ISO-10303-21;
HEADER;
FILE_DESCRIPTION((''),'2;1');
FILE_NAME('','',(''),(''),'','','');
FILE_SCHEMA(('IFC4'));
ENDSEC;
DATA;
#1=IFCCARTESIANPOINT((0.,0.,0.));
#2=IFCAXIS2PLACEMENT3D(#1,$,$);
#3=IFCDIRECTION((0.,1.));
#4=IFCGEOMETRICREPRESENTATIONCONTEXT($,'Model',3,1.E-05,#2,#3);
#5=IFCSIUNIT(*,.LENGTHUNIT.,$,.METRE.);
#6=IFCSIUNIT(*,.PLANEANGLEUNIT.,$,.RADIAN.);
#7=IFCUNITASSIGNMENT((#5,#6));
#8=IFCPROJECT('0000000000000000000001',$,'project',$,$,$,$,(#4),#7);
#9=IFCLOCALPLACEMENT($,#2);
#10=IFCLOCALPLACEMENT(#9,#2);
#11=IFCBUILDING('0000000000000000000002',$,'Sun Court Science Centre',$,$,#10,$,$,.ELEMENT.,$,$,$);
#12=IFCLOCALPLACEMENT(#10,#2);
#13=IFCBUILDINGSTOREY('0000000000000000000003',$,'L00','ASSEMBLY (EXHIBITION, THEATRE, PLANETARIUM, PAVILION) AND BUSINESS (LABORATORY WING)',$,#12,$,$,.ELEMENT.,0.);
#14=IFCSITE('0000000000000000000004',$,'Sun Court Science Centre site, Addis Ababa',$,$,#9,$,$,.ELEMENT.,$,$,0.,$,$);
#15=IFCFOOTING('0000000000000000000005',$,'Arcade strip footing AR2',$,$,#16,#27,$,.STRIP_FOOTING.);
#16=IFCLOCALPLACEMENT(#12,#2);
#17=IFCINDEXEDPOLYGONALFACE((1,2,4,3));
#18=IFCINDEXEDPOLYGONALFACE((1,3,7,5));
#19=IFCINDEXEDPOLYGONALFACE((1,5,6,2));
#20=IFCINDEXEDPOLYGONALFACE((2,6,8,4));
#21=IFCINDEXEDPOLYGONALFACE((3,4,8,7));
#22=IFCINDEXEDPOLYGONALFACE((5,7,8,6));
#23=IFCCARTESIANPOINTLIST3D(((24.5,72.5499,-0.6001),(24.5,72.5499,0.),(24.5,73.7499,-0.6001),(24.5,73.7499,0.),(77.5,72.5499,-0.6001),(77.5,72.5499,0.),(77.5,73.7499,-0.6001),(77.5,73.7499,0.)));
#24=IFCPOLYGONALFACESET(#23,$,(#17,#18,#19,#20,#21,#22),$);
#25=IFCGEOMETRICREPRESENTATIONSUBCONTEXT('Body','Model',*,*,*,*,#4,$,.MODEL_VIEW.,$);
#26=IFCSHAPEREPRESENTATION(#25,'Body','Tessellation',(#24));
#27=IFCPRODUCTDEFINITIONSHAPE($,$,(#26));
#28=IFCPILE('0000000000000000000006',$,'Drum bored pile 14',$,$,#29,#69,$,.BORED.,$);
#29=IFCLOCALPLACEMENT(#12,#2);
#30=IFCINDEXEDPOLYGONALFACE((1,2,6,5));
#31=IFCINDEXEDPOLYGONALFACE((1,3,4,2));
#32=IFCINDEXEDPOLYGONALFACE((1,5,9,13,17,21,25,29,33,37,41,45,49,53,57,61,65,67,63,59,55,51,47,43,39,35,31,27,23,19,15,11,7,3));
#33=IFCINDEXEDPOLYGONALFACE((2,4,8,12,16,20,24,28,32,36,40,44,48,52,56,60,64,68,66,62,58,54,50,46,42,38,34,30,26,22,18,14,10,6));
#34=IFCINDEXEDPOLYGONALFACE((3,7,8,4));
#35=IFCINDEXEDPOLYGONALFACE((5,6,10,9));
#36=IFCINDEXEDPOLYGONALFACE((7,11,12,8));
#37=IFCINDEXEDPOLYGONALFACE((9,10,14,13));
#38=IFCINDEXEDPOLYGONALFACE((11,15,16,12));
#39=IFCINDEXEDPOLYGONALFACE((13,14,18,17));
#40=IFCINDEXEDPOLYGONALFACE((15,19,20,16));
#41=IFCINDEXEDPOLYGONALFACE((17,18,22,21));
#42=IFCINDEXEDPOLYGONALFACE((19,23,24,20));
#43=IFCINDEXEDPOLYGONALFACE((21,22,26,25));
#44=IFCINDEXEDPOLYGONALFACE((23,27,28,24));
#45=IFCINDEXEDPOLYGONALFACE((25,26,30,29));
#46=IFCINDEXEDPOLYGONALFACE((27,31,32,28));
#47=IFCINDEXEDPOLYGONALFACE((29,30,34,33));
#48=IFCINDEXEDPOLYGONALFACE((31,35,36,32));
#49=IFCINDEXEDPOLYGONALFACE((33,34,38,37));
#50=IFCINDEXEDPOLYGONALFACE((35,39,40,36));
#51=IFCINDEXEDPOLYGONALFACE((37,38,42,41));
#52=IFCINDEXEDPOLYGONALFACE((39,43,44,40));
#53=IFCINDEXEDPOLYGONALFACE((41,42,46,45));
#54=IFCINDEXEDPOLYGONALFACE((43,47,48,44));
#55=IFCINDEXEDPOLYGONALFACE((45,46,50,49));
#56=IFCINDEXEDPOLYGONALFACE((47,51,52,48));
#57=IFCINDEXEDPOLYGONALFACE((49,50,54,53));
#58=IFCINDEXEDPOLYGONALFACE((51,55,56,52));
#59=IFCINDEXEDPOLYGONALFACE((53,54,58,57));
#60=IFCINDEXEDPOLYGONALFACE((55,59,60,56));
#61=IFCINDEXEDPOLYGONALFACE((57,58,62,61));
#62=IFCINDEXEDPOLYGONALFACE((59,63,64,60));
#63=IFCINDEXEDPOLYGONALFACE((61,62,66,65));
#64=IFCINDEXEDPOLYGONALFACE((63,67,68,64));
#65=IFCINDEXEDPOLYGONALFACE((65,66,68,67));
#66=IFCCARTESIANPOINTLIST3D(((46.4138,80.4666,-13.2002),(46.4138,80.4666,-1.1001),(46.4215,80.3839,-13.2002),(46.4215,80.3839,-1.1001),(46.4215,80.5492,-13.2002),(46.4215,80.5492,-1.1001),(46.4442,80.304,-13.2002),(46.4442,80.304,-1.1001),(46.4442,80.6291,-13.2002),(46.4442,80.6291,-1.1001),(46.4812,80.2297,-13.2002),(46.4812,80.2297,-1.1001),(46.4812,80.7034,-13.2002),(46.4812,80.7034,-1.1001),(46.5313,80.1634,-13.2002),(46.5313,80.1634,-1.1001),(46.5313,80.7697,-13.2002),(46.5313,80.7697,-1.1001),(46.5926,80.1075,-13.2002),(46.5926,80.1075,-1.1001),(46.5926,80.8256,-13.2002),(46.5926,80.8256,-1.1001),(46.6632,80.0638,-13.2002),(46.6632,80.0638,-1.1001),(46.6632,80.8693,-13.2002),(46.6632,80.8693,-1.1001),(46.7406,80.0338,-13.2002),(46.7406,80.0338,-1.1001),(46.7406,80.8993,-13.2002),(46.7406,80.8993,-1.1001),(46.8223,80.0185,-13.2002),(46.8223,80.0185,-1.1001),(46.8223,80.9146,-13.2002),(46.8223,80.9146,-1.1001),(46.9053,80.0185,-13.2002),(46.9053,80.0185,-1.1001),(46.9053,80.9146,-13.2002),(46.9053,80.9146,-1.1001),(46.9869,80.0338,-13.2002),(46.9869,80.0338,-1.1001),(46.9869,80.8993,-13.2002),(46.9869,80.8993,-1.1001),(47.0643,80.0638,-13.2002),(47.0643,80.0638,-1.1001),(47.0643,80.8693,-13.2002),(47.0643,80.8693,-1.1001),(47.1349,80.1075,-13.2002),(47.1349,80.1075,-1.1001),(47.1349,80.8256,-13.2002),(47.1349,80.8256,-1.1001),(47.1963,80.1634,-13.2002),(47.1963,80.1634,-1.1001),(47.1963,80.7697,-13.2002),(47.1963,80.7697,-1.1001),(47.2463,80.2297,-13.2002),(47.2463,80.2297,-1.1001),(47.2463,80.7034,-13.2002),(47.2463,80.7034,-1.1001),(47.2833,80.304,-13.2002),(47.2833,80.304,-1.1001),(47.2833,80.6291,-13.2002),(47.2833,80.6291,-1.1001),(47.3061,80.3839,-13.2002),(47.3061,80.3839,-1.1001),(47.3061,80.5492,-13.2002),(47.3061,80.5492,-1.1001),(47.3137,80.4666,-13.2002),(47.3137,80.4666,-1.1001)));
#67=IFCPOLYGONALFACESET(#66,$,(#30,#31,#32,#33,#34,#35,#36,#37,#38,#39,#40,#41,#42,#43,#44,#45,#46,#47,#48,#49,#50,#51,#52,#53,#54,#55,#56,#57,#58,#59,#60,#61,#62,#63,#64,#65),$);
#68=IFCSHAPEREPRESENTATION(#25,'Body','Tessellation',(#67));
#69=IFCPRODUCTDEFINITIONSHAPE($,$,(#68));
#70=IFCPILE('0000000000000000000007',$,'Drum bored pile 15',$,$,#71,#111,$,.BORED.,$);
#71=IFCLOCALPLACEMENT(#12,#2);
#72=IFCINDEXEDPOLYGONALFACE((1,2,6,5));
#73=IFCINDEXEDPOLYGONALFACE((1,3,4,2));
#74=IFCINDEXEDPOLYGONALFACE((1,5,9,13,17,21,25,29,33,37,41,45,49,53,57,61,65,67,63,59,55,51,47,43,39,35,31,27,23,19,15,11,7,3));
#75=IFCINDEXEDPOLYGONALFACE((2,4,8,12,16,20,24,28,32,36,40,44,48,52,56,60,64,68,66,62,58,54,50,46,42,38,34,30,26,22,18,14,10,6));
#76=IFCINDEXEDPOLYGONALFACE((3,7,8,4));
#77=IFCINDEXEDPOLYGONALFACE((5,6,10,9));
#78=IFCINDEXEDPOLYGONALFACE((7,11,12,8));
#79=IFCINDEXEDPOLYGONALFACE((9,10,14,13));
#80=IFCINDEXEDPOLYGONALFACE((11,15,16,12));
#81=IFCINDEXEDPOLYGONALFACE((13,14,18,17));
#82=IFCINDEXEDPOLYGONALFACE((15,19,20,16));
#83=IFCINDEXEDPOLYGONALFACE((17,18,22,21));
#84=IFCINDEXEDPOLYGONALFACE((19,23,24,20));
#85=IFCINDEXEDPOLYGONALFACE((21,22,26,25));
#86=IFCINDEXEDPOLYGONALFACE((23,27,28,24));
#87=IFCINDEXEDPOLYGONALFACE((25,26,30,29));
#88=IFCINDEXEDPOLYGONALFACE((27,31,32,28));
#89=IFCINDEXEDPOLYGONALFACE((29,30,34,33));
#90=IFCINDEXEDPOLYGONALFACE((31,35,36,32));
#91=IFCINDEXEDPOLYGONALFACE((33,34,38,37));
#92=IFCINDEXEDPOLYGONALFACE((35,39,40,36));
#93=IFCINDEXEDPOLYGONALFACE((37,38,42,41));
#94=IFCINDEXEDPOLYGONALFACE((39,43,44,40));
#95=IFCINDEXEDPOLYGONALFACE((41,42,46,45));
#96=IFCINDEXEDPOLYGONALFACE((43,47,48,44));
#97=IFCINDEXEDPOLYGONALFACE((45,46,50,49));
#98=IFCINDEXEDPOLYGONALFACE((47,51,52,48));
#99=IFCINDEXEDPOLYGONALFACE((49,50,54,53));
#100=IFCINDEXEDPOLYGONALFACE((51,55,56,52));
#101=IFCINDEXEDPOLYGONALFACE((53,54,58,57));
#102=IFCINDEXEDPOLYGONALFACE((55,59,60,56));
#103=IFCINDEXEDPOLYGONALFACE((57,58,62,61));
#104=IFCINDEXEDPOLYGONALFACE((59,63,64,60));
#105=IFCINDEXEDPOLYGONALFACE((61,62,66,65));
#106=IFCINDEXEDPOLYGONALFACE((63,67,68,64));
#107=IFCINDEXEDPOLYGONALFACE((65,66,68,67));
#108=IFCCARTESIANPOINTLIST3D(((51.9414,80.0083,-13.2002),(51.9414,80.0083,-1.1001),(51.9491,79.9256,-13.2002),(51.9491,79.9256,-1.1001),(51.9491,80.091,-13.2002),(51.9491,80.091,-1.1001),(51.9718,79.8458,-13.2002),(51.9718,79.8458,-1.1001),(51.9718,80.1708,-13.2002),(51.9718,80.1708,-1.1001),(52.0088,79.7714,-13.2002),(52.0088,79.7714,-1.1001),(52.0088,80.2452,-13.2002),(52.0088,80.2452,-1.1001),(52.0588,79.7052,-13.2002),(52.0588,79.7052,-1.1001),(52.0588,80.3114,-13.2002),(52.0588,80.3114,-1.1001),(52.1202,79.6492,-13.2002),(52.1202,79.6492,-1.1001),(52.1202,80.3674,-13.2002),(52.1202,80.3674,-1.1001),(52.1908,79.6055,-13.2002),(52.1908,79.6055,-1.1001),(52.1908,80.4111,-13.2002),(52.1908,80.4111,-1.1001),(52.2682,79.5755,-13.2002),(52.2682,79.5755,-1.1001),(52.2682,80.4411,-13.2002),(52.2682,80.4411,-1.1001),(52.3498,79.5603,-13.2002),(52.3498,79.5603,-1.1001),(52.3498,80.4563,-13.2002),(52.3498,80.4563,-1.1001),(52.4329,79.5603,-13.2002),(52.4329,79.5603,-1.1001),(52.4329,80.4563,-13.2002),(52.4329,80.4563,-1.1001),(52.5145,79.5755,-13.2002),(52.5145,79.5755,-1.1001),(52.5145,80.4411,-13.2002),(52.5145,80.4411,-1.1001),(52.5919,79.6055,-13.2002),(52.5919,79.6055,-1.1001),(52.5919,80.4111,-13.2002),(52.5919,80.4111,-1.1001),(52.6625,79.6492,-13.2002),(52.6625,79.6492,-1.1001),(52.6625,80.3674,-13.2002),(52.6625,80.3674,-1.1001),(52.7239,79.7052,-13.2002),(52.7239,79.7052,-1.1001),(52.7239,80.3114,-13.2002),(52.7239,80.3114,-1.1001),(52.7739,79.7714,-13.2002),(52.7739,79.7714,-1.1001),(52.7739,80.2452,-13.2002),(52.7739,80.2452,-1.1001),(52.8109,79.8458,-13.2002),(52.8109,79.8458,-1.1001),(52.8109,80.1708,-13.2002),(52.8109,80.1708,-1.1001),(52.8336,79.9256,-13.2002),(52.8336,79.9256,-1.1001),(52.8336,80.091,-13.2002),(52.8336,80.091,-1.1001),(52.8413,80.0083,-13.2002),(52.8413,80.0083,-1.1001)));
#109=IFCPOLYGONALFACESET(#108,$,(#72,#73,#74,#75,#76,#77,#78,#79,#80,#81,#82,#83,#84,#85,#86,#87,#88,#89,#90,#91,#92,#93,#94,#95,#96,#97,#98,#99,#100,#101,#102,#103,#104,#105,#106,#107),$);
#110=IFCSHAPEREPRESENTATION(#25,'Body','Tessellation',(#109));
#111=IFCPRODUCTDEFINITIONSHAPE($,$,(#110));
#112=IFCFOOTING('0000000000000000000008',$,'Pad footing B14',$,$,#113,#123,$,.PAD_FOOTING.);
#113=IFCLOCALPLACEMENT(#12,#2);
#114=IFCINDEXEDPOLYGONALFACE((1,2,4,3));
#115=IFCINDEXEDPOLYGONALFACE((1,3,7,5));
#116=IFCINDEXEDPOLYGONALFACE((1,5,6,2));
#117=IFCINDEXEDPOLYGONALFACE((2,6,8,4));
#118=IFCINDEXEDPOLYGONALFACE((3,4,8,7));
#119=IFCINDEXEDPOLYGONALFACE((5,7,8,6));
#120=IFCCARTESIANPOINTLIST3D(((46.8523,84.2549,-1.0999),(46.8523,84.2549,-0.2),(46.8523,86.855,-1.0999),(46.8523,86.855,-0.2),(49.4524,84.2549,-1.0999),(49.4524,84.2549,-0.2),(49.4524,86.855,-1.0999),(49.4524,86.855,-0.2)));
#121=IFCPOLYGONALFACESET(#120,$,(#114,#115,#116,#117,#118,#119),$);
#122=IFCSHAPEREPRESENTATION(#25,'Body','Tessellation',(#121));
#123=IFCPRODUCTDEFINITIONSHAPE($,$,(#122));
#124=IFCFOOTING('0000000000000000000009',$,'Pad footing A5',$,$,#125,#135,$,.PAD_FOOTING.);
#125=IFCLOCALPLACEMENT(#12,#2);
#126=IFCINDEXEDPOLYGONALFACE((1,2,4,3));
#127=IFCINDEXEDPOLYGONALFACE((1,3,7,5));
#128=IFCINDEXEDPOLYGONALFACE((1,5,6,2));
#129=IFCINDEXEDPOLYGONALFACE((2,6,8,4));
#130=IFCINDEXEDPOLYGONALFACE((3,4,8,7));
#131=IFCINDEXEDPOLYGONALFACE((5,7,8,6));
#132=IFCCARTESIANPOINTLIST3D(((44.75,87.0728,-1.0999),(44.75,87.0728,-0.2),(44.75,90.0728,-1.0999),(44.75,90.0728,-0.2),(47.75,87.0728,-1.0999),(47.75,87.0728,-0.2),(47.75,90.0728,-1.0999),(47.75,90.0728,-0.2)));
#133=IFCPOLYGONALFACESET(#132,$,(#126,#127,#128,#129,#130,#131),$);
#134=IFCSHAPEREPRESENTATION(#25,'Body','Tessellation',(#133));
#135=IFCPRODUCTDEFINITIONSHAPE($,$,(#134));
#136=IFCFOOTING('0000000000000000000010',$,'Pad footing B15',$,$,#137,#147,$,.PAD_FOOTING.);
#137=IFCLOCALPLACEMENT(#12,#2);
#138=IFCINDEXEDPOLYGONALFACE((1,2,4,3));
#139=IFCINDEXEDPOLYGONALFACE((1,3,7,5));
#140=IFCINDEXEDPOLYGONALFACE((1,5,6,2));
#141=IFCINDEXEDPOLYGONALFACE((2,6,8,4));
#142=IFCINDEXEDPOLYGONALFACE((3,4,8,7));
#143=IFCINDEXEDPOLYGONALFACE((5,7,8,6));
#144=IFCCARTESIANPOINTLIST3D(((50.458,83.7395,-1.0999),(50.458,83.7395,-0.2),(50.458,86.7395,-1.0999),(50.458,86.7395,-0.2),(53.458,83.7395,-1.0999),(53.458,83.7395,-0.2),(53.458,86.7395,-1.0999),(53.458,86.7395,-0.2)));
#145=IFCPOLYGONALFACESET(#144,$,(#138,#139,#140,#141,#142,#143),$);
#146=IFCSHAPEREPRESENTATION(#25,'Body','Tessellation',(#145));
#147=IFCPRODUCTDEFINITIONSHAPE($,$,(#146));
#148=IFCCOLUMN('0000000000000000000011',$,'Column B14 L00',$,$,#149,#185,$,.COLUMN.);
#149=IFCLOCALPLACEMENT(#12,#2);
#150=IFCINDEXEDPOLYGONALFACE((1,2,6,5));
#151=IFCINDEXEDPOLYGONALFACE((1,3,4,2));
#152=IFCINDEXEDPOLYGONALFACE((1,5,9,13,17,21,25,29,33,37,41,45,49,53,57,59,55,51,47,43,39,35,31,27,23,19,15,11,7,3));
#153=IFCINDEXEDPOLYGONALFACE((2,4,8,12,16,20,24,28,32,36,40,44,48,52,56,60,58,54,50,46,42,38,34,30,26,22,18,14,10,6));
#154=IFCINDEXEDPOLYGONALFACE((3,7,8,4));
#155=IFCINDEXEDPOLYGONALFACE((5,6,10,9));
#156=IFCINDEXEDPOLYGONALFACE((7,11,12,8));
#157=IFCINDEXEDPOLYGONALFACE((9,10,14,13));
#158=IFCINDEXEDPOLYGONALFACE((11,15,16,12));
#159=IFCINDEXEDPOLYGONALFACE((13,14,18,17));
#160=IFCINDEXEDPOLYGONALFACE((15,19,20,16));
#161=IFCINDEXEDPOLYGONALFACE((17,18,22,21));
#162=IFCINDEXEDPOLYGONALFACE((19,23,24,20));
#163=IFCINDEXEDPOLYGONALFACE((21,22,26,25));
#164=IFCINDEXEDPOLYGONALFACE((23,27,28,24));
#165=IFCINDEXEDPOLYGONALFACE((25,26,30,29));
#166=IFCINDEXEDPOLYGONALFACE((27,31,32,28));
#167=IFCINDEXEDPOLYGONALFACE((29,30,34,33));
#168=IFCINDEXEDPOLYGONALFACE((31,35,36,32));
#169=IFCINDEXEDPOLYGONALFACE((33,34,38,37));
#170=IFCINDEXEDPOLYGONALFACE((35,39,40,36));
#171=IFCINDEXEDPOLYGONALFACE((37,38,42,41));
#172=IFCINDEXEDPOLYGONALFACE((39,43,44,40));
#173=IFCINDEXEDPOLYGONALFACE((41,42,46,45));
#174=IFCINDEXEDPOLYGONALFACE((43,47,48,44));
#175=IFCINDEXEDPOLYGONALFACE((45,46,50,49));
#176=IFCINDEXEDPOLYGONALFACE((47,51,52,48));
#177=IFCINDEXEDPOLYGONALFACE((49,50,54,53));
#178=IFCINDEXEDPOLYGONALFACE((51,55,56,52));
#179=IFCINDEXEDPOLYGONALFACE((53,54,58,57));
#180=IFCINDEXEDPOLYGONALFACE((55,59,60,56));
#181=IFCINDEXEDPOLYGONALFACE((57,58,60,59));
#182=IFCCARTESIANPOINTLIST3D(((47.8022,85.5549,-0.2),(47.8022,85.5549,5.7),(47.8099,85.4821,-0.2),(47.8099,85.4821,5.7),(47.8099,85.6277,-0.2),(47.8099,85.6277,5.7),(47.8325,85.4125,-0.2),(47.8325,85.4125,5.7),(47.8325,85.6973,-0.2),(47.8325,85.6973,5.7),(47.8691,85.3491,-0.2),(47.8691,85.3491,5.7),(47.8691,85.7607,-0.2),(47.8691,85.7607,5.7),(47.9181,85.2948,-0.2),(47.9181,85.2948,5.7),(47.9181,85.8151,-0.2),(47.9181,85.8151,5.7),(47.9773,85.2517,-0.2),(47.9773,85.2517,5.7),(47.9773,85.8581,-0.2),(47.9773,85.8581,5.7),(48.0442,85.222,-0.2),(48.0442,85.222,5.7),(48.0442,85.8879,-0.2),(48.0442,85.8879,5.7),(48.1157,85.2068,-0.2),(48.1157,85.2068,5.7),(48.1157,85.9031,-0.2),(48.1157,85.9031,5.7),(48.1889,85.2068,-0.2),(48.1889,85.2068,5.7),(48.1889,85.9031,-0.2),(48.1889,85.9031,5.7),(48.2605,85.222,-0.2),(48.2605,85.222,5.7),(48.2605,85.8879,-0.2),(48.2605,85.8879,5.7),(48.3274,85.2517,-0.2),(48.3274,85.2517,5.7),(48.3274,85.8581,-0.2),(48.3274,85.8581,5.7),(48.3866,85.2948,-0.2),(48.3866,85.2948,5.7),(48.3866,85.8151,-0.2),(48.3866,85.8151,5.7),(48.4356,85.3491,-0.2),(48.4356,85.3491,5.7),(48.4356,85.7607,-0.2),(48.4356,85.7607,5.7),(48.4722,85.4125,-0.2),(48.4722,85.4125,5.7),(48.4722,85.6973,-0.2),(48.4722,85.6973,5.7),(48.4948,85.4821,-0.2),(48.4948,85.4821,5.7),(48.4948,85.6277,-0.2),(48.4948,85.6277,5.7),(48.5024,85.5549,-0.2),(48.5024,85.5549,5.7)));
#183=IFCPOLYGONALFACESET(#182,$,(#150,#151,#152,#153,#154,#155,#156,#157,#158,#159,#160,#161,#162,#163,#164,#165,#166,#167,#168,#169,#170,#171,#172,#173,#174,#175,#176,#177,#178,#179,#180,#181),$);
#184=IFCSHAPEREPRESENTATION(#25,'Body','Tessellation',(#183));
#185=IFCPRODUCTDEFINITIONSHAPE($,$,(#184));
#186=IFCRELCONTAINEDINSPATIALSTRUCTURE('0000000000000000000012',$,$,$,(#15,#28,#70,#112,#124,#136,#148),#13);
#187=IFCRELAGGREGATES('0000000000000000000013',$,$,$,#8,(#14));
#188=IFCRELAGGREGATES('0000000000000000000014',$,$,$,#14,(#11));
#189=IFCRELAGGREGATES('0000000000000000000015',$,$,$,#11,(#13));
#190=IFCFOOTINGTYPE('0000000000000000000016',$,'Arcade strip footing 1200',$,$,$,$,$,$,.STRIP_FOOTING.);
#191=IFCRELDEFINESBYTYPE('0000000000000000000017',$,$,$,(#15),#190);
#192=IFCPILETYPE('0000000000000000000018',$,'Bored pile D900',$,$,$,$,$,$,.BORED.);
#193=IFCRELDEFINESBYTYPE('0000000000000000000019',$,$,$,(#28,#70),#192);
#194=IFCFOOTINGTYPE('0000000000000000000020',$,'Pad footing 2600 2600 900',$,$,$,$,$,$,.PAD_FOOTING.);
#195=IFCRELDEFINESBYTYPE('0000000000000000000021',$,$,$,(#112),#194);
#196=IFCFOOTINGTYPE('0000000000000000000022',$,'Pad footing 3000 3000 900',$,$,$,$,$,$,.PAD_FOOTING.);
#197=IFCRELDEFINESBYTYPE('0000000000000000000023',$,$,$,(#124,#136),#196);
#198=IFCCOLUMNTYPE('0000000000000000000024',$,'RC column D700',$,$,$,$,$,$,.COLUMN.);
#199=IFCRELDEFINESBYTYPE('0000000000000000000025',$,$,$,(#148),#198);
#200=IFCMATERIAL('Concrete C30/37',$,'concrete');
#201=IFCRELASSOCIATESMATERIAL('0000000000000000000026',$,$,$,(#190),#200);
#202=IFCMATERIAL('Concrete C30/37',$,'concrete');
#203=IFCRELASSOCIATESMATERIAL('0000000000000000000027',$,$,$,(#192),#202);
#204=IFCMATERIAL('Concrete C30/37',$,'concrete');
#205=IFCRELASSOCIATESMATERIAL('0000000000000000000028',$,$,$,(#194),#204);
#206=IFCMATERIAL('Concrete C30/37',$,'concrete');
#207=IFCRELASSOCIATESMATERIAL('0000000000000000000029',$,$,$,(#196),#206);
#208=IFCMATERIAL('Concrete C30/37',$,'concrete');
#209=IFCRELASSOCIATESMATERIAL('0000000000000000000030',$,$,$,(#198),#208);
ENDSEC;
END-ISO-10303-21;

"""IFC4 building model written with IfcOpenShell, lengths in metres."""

from ifc_helpers import new_model, si_unit, direction, frame, origin, origin_2d, place, context, subcontext, project, spatial, rectangle, circle, extrude, material, material_profile, profile_set, type_object, element, save


model = new_model("IFC4")

# Units and contexts
model_context = context("Model", 3, precision=1e-05, world=origin(), true_north=direction((0.0, 1.0)))
body_context = subcontext(model_context, "Body", "Model", "MODEL_VIEW")
ifc_project = project(units=[si_unit("LENGTHUNIT", "METRE"), si_unit("PLANEANGLEUNIT", "RADIAN")], contexts=[model_context])

# Site, building, storey
site_placement = place(None, origin())
site = spatial("IfcSite", under=ifc_project, at=site_placement, Name="Sun Court Science Centre site, Addis Ababa", CompositionType="ELEMENT", RefElevation=0.0)
building_placement = place(site_placement, origin())
building = spatial("IfcBuilding", under=site, at=building_placement, Name="Sun Court Science Centre", CompositionType="ELEMENT")
storey_placement = place(building_placement, origin())
storey = spatial("IfcBuildingStorey", under=building, at=storey_placement, Name="L00", Description="ASSEMBLY (EXHIBITION, THEATRE, PLANETARIUM, PAVILION) AND BUSINESS (LABORATORY WING)", CompositionType="ELEMENT", Elevation=0.0)

# Footing
ifc_material_1 = material(Name="Concrete C30/37", Category="concrete")
footing_type_1 = type_object("IfcFootingType", Name="Arcade strip footing 1200", PredefinedType="STRIP_FOOTING", material=ifc_material_1)
footing_1_placement = place(storey_placement, frame((51.0, 73.1499, -0.6001), z_axis=(0.0, 0.0, 1.0), x_axis=(1.0, 0.0, 0.0)))
element("IfcFooting", 1, at=footing_1_placement, inside=storey, type_object=footing_type_1, Name="Arcade strip footing AR2", PredefinedType="STRIP_FOOTING", context=body_context, shape_type="SweptSolid", body=[
    extrude(rectangle(XDim=53.0, YDim=1.2, at=origin_2d()), origin(), (0.0, 0.0, 1.0), 0.6001),
])

# Piles
ifc_material_2 = material(Name="Concrete C30/37", Category="concrete")
ifc_material_profile_1 = material_profile(ifc_material_2, circle(Radius=0.45, at=origin_2d()), Name="RC D900")
ifc_profile_set_1 = profile_set([ifc_material_profile_1], Name="Concrete C30/37")
pile_type = type_object("IfcPileType", Name="Bored pile D900", PredefinedType="BORED", material=ifc_profile_set_1)
for number, where, z_axis, x_axis, name in (
    (2, (46.8638, 80.4666, -1.1001), (0.0, 0.0, -1.0), (1.0, 0.0, 0.0), "Drum bored pile 14"),
    (3, (52.3914, 80.0083, -1.1001), (0.0, 0.0, -1.0), (1.0, 0.0, 0.0), "Drum bored pile 15"),
):
    element("IfcPile", number, at=place(storey_placement, frame(where, z_axis=z_axis, x_axis=x_axis)), inside=storey, type_object=pile_type, Name=name, PredefinedType="BORED", context=body_context, shape_type="SweptSolid", body=[
        extrude(circle(Radius=0.45, at=origin_2d()), origin(), (0.0, 0.0, 1.0), 12.1001),
    ])

# Footings
ifc_material_3 = material(Name="Concrete C30/37", Category="concrete")
footing_type_2 = type_object("IfcFootingType", Name="Pad footing 2600 2600 900", PredefinedType="PAD_FOOTING", material=ifc_material_3)
footing_2_placement = place(storey_placement, frame((48.1523, 85.5549, -1.0999), z_axis=(0.0, 0.0, 1.0), x_axis=(1.0, 0.0, 0.0)))
element("IfcFooting", 4, at=footing_2_placement, inside=storey, type_object=footing_type_2, Name="Pad footing B14", PredefinedType="PAD_FOOTING", context=body_context, shape_type="SweptSolid", body=[
    extrude(rectangle(XDim=2.6001, YDim=2.6001, at=origin_2d()), origin(), (0.0, 0.0, 1.0), 0.8999),
])
ifc_material_4 = material(Name="Concrete C30/37", Category="concrete")
footing_type_3 = type_object("IfcFootingType", Name="Pad footing 3000 3000 900", PredefinedType="PAD_FOOTING", material=ifc_material_4)
for number, where, z_axis, x_axis, name in (
    (5, (46.25, 88.5728, -1.0999), (0.0, 0.0, 1.0), (1.0, 0.0, 0.0), "Pad footing A5"),
    (6, (51.958, 85.2395, -1.0999), (0.0, 0.0, 1.0), (1.0, 0.0, 0.0), "Pad footing B15"),
):
    element("IfcFooting", number, at=place(storey_placement, frame(where, z_axis=z_axis, x_axis=x_axis)), inside=storey, type_object=footing_type_3, Name=name, PredefinedType="PAD_FOOTING", context=body_context, shape_type="SweptSolid", body=[
        extrude(rectangle(XDim=3.0, YDim=3.0, at=origin_2d()), origin(), (0.0, 0.0, 1.0), 0.8999),
    ])

# Column
ifc_material_5 = material(Name="Concrete C30/37", Category="concrete")
ifc_material_profile_2 = material_profile(ifc_material_5, circle(Radius=0.3501, at=origin_2d()), Name="RC D700")
ifc_profile_set_2 = profile_set([ifc_material_profile_2], Name="Concrete C30/37")
column_type_1 = type_object("IfcColumnType", Name="RC column D700", PredefinedType="COLUMN", material=ifc_profile_set_2)
for number, where, z_axis, x_axis, name in (
    (7, (48.1523, 85.5549, -0.2), (0.0, 0.0, 1.0), (1.0, 0.0, 0.0), "Column B14 L00"),
):
    element("IfcColumn", number, at=place(storey_placement, frame(where, z_axis=z_axis, x_axis=x_axis)), inside=storey, type_object=column_type_1, Name=name, PredefinedType="COLUMN", context=body_context, shape_type="SweptSolid", body=[
        extrude(circle(Radius=0.3501, at=origin_2d()), origin(), (0.0, 0.0, 1.0), 5.8999),
    ])

save(model, "model.ifc")
